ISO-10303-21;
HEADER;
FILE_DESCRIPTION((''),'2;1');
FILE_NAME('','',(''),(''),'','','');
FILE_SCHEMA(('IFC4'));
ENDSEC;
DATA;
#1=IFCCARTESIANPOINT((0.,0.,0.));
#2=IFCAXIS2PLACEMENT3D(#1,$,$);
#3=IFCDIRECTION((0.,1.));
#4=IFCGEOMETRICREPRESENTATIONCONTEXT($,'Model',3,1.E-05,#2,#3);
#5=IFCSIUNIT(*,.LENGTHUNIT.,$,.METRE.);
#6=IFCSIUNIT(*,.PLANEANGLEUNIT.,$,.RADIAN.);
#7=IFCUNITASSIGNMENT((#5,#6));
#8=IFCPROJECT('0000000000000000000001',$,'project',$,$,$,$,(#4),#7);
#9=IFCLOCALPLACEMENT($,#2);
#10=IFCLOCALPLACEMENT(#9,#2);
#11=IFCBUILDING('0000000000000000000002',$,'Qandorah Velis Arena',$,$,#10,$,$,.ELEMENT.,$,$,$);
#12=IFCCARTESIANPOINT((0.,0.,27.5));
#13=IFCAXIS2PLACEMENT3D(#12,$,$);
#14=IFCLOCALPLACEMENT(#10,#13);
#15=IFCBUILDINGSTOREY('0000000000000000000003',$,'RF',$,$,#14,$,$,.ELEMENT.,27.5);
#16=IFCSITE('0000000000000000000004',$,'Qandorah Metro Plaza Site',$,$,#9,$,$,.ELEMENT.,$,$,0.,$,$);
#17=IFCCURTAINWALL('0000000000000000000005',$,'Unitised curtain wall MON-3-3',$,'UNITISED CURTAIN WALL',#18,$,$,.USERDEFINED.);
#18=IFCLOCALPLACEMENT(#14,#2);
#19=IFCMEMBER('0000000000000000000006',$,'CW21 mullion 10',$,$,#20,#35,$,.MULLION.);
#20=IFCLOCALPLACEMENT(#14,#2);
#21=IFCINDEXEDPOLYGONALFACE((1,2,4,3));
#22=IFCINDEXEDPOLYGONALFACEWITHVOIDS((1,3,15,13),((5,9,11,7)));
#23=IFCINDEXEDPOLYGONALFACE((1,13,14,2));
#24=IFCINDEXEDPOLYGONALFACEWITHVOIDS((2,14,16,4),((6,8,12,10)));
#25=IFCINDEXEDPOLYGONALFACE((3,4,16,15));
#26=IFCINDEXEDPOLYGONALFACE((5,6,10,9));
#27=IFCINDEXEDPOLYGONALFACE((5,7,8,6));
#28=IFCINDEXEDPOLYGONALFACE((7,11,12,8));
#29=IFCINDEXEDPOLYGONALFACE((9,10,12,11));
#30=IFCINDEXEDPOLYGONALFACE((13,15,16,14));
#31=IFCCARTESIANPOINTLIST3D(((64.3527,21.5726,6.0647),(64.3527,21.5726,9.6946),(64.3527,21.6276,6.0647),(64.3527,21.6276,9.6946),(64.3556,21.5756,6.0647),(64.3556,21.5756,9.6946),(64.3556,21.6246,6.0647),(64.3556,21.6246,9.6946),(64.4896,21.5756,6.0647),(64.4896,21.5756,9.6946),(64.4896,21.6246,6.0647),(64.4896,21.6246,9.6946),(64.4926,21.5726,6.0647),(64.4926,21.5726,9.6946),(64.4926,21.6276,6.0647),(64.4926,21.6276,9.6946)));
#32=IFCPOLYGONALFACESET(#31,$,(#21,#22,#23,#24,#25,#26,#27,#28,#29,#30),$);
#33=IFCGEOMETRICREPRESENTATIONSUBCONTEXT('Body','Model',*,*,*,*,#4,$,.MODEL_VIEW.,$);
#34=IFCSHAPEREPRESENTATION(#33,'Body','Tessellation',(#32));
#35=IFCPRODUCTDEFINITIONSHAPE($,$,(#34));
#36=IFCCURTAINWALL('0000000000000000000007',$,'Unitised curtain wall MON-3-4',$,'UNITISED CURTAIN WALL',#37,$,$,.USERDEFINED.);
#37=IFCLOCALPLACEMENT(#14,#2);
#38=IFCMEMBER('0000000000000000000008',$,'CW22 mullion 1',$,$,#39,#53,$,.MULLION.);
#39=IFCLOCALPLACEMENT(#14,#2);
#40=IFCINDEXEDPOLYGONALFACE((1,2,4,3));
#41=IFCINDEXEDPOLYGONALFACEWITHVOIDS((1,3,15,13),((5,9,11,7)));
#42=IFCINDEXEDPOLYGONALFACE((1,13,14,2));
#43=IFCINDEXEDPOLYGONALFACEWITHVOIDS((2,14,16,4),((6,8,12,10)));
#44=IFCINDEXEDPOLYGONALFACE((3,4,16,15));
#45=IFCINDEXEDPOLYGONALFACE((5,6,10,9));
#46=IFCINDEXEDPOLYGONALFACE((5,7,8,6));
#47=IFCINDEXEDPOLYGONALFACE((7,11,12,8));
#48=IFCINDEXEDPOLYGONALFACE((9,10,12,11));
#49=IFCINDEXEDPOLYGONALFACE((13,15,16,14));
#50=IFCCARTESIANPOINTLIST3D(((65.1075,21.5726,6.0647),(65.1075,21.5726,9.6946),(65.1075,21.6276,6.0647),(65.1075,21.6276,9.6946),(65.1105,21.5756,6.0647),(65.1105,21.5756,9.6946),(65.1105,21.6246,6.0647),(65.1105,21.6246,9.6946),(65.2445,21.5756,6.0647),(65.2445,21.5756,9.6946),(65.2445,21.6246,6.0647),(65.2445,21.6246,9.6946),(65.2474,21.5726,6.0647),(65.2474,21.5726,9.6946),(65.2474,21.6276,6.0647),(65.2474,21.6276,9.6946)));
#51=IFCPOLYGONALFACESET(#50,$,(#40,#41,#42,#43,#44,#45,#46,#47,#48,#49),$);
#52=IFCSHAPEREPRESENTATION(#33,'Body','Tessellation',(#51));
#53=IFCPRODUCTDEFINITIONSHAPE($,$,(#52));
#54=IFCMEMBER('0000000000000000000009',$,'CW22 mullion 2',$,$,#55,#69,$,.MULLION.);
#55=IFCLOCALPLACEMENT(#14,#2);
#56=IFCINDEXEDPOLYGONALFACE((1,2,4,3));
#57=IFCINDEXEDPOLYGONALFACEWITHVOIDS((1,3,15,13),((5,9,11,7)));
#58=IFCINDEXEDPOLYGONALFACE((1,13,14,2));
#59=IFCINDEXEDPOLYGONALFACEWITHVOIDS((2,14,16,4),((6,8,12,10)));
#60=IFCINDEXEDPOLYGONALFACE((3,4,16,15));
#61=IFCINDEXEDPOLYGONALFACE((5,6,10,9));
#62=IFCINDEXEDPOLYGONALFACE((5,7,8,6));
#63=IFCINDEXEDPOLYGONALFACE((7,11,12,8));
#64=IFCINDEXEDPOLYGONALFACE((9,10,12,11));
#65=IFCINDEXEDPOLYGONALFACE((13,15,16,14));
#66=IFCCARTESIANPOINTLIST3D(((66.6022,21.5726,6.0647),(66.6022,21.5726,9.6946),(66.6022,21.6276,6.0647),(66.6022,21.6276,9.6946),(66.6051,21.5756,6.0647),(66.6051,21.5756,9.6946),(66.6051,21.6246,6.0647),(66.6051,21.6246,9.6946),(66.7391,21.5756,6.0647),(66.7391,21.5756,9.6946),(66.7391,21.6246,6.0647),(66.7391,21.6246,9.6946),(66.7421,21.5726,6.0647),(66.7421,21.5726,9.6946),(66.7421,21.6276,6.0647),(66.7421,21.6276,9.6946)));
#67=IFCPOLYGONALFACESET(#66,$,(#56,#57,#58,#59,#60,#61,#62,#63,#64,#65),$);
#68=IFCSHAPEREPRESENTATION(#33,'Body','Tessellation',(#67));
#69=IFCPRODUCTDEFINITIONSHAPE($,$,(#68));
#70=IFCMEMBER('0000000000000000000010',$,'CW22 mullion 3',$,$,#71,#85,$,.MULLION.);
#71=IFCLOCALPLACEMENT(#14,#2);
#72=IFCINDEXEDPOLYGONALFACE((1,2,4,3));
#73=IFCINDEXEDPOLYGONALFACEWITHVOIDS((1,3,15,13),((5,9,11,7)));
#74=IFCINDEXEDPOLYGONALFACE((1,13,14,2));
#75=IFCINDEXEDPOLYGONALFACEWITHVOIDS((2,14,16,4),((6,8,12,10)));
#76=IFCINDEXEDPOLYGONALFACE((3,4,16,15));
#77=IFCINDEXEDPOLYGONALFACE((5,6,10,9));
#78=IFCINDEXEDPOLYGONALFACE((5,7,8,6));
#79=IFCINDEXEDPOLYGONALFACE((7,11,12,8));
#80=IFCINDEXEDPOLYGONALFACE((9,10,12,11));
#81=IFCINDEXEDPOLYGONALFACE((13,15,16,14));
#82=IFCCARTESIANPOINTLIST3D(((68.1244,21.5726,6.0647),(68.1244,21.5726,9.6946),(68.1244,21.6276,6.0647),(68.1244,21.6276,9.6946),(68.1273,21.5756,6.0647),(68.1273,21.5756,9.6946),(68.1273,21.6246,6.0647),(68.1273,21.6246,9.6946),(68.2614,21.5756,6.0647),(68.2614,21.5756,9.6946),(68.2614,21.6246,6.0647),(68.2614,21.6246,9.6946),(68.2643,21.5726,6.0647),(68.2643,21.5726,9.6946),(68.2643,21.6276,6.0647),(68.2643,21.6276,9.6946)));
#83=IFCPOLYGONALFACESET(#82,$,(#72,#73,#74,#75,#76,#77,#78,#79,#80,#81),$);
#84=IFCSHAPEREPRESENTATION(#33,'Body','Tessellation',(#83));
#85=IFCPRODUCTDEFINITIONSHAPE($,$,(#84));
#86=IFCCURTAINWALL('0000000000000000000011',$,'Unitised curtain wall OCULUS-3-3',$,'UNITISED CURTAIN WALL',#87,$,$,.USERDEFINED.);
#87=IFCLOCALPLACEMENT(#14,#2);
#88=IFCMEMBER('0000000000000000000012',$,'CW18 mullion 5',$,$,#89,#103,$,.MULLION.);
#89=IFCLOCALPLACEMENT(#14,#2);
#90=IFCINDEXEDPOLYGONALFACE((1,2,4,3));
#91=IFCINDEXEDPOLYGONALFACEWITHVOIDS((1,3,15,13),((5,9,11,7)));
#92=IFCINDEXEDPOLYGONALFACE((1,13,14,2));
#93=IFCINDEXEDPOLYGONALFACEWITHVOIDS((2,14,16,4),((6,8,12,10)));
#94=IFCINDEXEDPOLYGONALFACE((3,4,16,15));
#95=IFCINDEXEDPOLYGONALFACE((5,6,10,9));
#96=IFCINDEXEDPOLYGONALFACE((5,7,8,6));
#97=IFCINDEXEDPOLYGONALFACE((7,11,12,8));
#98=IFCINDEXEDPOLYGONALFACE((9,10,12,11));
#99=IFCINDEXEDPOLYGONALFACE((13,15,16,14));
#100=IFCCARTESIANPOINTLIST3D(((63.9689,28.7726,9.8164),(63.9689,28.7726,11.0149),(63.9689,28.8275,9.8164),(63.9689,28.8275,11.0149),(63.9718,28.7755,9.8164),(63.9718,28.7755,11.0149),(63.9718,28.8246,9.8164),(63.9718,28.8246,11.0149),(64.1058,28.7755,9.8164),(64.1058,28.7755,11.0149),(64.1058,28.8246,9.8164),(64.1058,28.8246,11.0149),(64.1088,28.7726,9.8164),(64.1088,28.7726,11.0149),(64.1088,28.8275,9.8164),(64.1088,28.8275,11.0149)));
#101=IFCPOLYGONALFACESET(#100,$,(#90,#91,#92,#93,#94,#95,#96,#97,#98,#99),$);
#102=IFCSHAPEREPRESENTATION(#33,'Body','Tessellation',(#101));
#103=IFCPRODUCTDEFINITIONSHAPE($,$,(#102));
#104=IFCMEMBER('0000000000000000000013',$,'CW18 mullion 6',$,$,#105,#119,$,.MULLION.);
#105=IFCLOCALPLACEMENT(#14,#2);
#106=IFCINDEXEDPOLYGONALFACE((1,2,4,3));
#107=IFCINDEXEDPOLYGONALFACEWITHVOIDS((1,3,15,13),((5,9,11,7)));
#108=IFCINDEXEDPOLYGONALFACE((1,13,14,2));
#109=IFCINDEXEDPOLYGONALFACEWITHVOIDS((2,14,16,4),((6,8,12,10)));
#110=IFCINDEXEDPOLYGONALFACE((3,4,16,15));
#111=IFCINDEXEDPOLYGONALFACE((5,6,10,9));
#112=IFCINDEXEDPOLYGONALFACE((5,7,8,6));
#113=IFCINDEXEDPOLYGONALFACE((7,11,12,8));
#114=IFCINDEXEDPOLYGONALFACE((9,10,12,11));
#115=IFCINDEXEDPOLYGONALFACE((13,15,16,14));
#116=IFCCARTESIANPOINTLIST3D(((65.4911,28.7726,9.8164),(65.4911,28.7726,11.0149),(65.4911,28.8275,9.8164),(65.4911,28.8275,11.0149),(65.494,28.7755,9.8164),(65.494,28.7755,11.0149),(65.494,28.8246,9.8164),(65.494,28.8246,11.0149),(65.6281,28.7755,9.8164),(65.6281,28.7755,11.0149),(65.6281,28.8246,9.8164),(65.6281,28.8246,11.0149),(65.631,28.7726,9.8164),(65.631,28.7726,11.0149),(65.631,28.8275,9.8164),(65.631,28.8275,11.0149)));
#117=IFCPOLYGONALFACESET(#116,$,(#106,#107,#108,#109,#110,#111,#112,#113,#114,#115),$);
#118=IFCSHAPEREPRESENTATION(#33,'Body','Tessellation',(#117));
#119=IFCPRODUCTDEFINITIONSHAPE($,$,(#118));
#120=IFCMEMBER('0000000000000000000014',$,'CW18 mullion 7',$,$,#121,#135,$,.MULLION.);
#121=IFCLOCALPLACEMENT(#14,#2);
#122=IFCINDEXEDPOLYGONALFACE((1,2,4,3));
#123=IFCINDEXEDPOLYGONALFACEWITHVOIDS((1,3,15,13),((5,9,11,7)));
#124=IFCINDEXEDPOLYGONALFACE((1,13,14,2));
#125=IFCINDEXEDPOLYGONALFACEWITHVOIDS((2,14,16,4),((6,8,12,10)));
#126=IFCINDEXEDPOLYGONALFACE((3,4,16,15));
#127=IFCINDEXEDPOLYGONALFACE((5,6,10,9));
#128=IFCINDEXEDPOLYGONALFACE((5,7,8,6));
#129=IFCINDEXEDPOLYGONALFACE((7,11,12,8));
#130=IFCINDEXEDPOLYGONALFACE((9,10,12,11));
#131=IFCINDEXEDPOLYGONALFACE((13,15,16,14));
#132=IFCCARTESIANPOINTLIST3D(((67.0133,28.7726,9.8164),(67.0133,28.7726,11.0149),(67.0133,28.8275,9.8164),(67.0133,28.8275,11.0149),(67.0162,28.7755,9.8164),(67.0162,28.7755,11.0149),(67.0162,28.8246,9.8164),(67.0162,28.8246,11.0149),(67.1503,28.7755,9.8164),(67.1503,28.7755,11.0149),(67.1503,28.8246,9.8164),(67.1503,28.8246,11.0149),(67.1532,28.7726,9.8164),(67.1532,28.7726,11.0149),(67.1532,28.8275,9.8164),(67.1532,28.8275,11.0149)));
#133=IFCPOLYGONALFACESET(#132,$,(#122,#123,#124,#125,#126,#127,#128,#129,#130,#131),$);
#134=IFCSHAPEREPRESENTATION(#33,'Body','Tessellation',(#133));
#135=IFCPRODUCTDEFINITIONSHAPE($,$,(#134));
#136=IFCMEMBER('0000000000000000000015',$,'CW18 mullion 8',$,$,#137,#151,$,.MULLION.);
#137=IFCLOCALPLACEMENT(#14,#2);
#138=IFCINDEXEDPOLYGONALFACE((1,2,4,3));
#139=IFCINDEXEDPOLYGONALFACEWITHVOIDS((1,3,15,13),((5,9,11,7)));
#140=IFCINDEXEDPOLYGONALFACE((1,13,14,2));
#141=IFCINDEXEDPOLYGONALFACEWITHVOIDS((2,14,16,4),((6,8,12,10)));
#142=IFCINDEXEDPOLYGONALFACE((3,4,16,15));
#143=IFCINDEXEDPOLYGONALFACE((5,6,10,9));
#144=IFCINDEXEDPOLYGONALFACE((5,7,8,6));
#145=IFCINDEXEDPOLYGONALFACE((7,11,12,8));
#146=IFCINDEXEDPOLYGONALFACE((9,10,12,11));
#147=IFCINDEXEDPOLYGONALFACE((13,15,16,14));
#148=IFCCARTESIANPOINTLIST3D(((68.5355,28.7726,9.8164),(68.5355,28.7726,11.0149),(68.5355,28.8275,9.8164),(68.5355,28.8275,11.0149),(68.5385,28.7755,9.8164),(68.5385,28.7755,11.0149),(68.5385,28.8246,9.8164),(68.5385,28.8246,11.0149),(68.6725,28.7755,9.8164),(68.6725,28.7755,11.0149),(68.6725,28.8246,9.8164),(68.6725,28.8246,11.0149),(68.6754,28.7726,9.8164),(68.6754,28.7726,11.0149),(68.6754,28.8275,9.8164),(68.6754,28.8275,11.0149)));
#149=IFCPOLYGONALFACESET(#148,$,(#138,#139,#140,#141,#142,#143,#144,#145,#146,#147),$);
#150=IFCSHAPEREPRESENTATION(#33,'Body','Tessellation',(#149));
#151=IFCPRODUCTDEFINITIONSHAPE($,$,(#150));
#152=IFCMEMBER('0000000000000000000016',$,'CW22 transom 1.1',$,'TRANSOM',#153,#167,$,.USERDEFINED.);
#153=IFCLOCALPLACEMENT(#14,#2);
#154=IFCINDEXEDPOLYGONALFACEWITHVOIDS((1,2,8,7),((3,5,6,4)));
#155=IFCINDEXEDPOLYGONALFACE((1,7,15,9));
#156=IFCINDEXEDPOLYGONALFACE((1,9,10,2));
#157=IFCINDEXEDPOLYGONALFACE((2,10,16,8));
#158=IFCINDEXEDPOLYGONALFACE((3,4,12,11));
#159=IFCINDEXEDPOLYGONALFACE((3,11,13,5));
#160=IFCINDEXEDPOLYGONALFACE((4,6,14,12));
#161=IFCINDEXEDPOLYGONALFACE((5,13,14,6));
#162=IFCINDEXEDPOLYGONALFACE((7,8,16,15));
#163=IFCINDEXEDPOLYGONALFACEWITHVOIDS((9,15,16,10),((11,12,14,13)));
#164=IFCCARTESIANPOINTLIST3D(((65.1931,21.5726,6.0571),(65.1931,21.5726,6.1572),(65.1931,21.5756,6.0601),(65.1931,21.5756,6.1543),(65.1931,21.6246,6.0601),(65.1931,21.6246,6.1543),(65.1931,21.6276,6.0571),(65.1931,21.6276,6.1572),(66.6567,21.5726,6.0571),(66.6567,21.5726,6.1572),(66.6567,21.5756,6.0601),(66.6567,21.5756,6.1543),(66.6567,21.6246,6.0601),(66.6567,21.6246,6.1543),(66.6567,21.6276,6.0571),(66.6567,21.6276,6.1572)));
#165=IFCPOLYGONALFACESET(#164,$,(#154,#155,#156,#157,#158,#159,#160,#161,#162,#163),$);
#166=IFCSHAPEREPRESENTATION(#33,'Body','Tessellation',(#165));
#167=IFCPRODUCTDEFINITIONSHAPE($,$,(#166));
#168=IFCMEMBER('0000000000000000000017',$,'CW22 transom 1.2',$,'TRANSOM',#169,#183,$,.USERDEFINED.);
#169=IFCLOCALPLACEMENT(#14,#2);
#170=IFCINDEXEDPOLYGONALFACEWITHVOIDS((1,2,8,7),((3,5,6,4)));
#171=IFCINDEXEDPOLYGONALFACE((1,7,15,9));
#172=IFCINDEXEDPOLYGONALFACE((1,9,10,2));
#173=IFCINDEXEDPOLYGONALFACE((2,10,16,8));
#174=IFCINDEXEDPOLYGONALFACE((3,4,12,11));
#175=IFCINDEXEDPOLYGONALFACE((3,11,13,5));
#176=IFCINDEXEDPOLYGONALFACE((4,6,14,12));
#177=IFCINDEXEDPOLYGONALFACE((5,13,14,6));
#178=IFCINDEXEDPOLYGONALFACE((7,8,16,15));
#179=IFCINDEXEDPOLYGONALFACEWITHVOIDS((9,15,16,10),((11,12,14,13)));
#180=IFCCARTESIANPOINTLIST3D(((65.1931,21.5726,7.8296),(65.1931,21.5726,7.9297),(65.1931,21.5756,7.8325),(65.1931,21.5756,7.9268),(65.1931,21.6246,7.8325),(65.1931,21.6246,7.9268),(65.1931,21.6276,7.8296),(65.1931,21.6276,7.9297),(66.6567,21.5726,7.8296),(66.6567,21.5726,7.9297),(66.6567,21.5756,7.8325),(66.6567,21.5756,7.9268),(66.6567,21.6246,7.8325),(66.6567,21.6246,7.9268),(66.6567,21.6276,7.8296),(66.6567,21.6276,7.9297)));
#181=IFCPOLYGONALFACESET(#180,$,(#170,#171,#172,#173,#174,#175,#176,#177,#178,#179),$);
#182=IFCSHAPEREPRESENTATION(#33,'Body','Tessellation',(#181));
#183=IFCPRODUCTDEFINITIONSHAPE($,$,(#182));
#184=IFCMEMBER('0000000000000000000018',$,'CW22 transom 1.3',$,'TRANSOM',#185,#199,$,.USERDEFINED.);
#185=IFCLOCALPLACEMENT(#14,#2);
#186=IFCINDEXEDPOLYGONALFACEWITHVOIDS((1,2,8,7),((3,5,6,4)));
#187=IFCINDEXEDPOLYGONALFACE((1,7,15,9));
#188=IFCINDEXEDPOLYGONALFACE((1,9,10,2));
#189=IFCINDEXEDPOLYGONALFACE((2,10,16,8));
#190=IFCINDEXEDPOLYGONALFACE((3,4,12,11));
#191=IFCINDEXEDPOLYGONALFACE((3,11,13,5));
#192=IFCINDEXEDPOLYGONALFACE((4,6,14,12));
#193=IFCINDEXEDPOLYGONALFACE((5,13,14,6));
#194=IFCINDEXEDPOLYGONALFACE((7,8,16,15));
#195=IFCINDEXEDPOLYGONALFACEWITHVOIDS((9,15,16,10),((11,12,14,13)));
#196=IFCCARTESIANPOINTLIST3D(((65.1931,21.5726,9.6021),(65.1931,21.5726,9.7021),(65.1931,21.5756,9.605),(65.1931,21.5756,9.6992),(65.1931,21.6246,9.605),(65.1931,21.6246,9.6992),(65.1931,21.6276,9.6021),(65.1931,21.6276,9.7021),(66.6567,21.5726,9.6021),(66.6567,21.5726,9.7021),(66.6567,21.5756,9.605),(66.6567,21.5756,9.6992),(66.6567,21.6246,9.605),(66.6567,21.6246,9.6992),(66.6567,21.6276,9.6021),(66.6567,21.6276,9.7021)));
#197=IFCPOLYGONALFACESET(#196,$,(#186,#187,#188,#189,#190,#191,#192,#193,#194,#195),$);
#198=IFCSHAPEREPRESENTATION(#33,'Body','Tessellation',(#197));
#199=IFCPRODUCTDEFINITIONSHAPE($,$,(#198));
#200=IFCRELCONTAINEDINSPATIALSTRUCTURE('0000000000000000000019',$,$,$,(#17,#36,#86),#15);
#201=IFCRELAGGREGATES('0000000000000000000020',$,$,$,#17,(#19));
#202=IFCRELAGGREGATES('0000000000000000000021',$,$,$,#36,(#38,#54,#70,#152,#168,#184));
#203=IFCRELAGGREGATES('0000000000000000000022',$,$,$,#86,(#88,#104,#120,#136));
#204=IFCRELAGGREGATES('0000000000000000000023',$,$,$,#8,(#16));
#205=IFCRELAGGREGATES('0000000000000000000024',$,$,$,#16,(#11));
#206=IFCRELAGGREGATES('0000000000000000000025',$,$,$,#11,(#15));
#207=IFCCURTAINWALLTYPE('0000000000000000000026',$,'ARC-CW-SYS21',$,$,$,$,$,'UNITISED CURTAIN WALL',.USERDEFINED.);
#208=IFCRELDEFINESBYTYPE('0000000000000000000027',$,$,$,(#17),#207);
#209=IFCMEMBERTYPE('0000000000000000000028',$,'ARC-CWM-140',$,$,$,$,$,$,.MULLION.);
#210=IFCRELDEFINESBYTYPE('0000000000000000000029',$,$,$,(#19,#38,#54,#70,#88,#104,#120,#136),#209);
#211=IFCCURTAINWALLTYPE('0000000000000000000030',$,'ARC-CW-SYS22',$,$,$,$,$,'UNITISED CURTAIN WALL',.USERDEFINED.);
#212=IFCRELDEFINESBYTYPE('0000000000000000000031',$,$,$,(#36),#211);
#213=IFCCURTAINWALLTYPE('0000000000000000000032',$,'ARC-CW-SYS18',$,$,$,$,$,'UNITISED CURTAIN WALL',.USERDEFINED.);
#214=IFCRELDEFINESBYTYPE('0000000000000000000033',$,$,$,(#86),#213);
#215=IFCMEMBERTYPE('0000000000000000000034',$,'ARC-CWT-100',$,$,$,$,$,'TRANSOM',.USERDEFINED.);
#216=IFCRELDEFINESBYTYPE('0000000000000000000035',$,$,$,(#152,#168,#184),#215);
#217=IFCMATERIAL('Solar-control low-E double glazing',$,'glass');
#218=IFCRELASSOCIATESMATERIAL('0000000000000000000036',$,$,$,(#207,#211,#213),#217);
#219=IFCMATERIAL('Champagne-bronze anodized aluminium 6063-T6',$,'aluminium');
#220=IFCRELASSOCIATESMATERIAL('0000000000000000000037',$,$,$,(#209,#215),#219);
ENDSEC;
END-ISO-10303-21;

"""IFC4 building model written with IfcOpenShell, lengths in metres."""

from ifc_helpers import new_model, si_unit, direction, frame, origin, origin_2d, place, context, subcontext, project, spatial, hollow_rectangle, extrude, material, material_profile, profile_set, type_object, element, aggregate, save


model = new_model("IFC4")

# Units and contexts
model_context = context("Model", 3, precision=1e-05, world=origin(), true_north=direction((0.0, 1.0)))
body_context = subcontext(model_context, "Body", "Model", "MODEL_VIEW")
ifc_project = project(units=[si_unit("LENGTHUNIT", "METRE"), si_unit("PLANEANGLEUNIT", "RADIAN")], contexts=[model_context])

# Site, building, storey
site_placement = place(None, origin())
site = spatial("IfcSite", under=ifc_project, at=site_placement, Name="Qandorah Metro Plaza Site", CompositionType="ELEMENT", RefElevation=0.0)
building_placement = place(site_placement, origin())
building = spatial("IfcBuilding", under=site, at=building_placement, Name="Qandorah Velis Arena", CompositionType="ELEMENT")
storey_placement = place(building_placement, frame((0.0, 0.0, 27.5)))
storey = spatial("IfcBuildingStorey", under=building, at=storey_placement, Name="RF", CompositionType="ELEMENT", Elevation=27.5)

# Curtain wall, member
ifc_material_1 = material(Name="Solar-control low-E double glazing", Category="glass")
curtain_wall_type_1 = type_object("IfcCurtainWallType", Name="ARC-CW-SYS21", ElementType="UNITISED CURTAIN WALL", PredefinedType="USERDEFINED", material=ifc_material_1)
curtain_wall_1_placement = place(storey_placement, origin())
curtain_wall_1 = element("IfcCurtainWall", 1, at=curtain_wall_1_placement, inside=storey, type_object=curtain_wall_type_1, Name="Unitised curtain wall MON-3-3", ObjectType="UNITISED CURTAIN WALL", PredefinedType="USERDEFINED")
ifc_material_2 = material(Name="Champagne-bronze anodized aluminium 6063-T6", Category="aluminium")
ifc_material_profile_1 = material_profile(ifc_material_2, hollow_rectangle(XDim=0.0549, YDim=0.1399, WallThickness=0.0029, at=origin_2d()), Name="ALU MULLION 55x140")
ifc_profile_set_1 = profile_set([ifc_material_profile_1], Name="Champagne-bronze anodized aluminium 6063-T6")
member_type_1 = type_object("IfcMemberType", Name="ARC-CWM-140", PredefinedType="MULLION", material=ifc_profile_set_1)
member_1_placement = place(storey_placement, frame((64.4226, 21.6001, 6.0647), z_axis=(0.0, 0.0, 1.0), x_axis=(0.0, 1.0, 0.0)))
member_1 = element("IfcMember", 2, at=member_1_placement, type_object=member_type_1, Name="CW21 mullion 10", PredefinedType="MULLION", context=body_context, shape_type="SweptSolid", body=[
    extrude(hollow_rectangle(XDim=0.0549, YDim=0.1399, WallThickness=0.0029, at=origin_2d()), origin(), (0.0, 0.0, 1.0), 3.6299),
])

# Curtain walls, members
curtain_wall_type_2 = type_object("IfcCurtainWallType", Name="ARC-CW-SYS22", ElementType="UNITISED CURTAIN WALL", PredefinedType="USERDEFINED", material=ifc_material_1)
curtain_wall_2_placement = place(storey_placement, origin())
curtain_wall_2 = element("IfcCurtainWall", 3, at=curtain_wall_2_placement, inside=storey, type_object=curtain_wall_type_2, Name="Unitised curtain wall MON-3-4", ObjectType="UNITISED CURTAIN WALL", PredefinedType="USERDEFINED")
member_2_placement = place(storey_placement, frame((65.1775, 21.6001, 6.0647), z_axis=(0.0, 0.0, 1.0), x_axis=(0.0, 1.0, 0.0)))
member_2 = element("IfcMember", 4, at=member_2_placement, type_object=member_type_1, Name="CW22 mullion 1", PredefinedType="MULLION", context=body_context, shape_type="SweptSolid", body=[
    extrude(hollow_rectangle(XDim=0.0549, YDim=0.1399, WallThickness=0.0029, at=origin_2d()), origin(), (0.0, 0.0, 1.0), 3.6299),
])
member_3_placement = place(storey_placement, frame((66.6721, 21.6001, 6.0647), z_axis=(0.0, 0.0, 1.0), x_axis=(0.0, 1.0, 0.0)))
member_3 = element("IfcMember", 5, at=member_3_placement, type_object=member_type_1, Name="CW22 mullion 2", PredefinedType="MULLION", context=body_context, shape_type="SweptSolid", body=[
    extrude(hollow_rectangle(XDim=0.0549, YDim=0.1399, WallThickness=0.0029, at=origin_2d()), origin(), (0.0, 0.0, 1.0), 3.6299),
])
member_4_placement = place(storey_placement, frame((68.1943, 21.6001, 6.0647), z_axis=(0.0, 0.0, 1.0), x_axis=(0.0, 1.0, 0.0)))
member_4 = element("IfcMember", 6, at=member_4_placement, type_object=member_type_1, Name="CW22 mullion 3", PredefinedType="MULLION", context=body_context, shape_type="SweptSolid", body=[
    extrude(hollow_rectangle(XDim=0.0549, YDim=0.1399, WallThickness=0.0029, at=origin_2d()), origin(), (0.0, 0.0, 1.0), 3.6299),
])
curtain_wall_type_3 = type_object("IfcCurtainWallType", Name="ARC-CW-SYS18", ElementType="UNITISED CURTAIN WALL", PredefinedType="USERDEFINED", material=ifc_material_1)
curtain_wall_3_placement = place(storey_placement, origin())
curtain_wall_3 = element("IfcCurtainWall", 7, at=curtain_wall_3_placement, inside=storey, type_object=curtain_wall_type_3, Name="Unitised curtain wall OCULUS-3-3", ObjectType="UNITISED CURTAIN WALL", PredefinedType="USERDEFINED")
member_5_placement = place(storey_placement, frame((64.0388, 28.8, 9.8164), z_axis=(0.0, 0.0, 1.0), x_axis=(0.0, 1.0, 0.0)))
member_5 = element("IfcMember", 8, at=member_5_placement, type_object=member_type_1, Name="CW18 mullion 5", PredefinedType="MULLION", context=body_context, shape_type="SweptSolid", body=[
    extrude(hollow_rectangle(XDim=0.0549, YDim=0.1399, WallThickness=0.0029, at=origin_2d()), origin(), (0.0, 0.0, 1.0), 1.1985),
])
member_6_placement = place(storey_placement, frame((65.561, 28.8, 9.8164), z_axis=(0.0, 0.0, 1.0), x_axis=(0.0, 1.0, 0.0)))
member_6 = element("IfcMember", 9, at=member_6_placement, type_object=member_type_1, Name="CW18 mullion 6", PredefinedType="MULLION", context=body_context, shape_type="SweptSolid", body=[
    extrude(hollow_rectangle(XDim=0.0549, YDim=0.1399, WallThickness=0.0029, at=origin_2d()), origin(), (0.0, 0.0, 1.0), 1.1985),
])
member_7_placement = place(storey_placement, frame((67.0833, 28.8, 9.8164), z_axis=(0.0, 0.0, 1.0), x_axis=(0.0, 1.0, 0.0)))
member_7 = element("IfcMember", 10, at=member_7_placement, type_object=member_type_1, Name="CW18 mullion 7", PredefinedType="MULLION", context=body_context, shape_type="SweptSolid", body=[
    extrude(hollow_rectangle(XDim=0.0549, YDim=0.1399, WallThickness=0.0029, at=origin_2d()), origin(), (0.0, 0.0, 1.0), 1.1985),
])
member_8_placement = place(storey_placement, frame((68.6055, 28.8, 9.8164), z_axis=(0.0, 0.0, 1.0), x_axis=(0.0, 1.0, 0.0)))
member_8 = element("IfcMember", 11, at=member_8_placement, type_object=member_type_1, Name="CW18 mullion 8", PredefinedType="MULLION", context=body_context, shape_type="SweptSolid", body=[
    extrude(hollow_rectangle(XDim=0.0549, YDim=0.1399, WallThickness=0.0029, at=origin_2d()), origin(), (0.0, 0.0, 1.0), 1.1985),
])

# Members
ifc_material_profile_2 = material_profile(ifc_material_2, hollow_rectangle(XDim=0.0549, YDim=0.1001, WallThickness=0.0029, at=origin_2d()), Name="ALU TRANSOM 55x100")
ifc_profile_set_2 = profile_set([ifc_material_profile_2], Name="Champagne-bronze anodized aluminium 6063-T6")
member_type_2 = type_object("IfcMemberType", Name="ARC-CWT-100", ElementType="TRANSOM", PredefinedType="USERDEFINED", material=ifc_profile_set_2)
member_9_placement = place(storey_placement, frame((65.1931, 21.6001, 6.1072), z_axis=(1.0, 0.0, 0.0), x_axis=(0.0, 1.0, 0.0)))
member_9 = element("IfcMember", 12, at=member_9_placement, type_object=member_type_2, Name="CW22 transom 1.1", ObjectType="TRANSOM", PredefinedType="USERDEFINED", context=body_context, shape_type="SweptSolid", body=[
    extrude(hollow_rectangle(XDim=0.0549, YDim=0.1001, WallThickness=0.0029, at=origin_2d()), origin(), (0.0, 0.0, 1.0), 1.4636),
])
member_10_placement = place(storey_placement, frame((65.1931, 21.6001, 7.8796), z_axis=(1.0, 0.0, 0.0), x_axis=(0.0, 1.0, 0.0)))
member_10 = element("IfcMember", 13, at=member_10_placement, type_object=member_type_2, Name="CW22 transom 1.2", ObjectType="TRANSOM", PredefinedType="USERDEFINED", context=body_context, shape_type="SweptSolid", body=[
    extrude(hollow_rectangle(XDim=0.0549, YDim=0.1001, WallThickness=0.0029, at=origin_2d()), origin(), (0.0, 0.0, 1.0), 1.4636),
])
member_11_placement = place(storey_placement, frame((65.1931, 21.6001, 9.6521), z_axis=(1.0, 0.0, 0.0), x_axis=(0.0, 1.0, 0.0)))
member_11 = element("IfcMember", 14, at=member_11_placement, type_object=member_type_2, Name="CW22 transom 1.3", ObjectType="TRANSOM", PredefinedType="USERDEFINED", context=body_context, shape_type="SweptSolid", body=[
    extrude(hollow_rectangle(XDim=0.0549, YDim=0.1001, WallThickness=0.0029, at=origin_2d()), origin(), (0.0, 0.0, 1.0), 1.4636),
])

aggregate(curtain_wall_1, [member_1])
aggregate(curtain_wall_2, [member_2, member_3, member_4, member_9, member_10, member_11])
aggregate(curtain_wall_3, [member_5, member_6, member_7, member_8])

save(model, "model.ifc")
